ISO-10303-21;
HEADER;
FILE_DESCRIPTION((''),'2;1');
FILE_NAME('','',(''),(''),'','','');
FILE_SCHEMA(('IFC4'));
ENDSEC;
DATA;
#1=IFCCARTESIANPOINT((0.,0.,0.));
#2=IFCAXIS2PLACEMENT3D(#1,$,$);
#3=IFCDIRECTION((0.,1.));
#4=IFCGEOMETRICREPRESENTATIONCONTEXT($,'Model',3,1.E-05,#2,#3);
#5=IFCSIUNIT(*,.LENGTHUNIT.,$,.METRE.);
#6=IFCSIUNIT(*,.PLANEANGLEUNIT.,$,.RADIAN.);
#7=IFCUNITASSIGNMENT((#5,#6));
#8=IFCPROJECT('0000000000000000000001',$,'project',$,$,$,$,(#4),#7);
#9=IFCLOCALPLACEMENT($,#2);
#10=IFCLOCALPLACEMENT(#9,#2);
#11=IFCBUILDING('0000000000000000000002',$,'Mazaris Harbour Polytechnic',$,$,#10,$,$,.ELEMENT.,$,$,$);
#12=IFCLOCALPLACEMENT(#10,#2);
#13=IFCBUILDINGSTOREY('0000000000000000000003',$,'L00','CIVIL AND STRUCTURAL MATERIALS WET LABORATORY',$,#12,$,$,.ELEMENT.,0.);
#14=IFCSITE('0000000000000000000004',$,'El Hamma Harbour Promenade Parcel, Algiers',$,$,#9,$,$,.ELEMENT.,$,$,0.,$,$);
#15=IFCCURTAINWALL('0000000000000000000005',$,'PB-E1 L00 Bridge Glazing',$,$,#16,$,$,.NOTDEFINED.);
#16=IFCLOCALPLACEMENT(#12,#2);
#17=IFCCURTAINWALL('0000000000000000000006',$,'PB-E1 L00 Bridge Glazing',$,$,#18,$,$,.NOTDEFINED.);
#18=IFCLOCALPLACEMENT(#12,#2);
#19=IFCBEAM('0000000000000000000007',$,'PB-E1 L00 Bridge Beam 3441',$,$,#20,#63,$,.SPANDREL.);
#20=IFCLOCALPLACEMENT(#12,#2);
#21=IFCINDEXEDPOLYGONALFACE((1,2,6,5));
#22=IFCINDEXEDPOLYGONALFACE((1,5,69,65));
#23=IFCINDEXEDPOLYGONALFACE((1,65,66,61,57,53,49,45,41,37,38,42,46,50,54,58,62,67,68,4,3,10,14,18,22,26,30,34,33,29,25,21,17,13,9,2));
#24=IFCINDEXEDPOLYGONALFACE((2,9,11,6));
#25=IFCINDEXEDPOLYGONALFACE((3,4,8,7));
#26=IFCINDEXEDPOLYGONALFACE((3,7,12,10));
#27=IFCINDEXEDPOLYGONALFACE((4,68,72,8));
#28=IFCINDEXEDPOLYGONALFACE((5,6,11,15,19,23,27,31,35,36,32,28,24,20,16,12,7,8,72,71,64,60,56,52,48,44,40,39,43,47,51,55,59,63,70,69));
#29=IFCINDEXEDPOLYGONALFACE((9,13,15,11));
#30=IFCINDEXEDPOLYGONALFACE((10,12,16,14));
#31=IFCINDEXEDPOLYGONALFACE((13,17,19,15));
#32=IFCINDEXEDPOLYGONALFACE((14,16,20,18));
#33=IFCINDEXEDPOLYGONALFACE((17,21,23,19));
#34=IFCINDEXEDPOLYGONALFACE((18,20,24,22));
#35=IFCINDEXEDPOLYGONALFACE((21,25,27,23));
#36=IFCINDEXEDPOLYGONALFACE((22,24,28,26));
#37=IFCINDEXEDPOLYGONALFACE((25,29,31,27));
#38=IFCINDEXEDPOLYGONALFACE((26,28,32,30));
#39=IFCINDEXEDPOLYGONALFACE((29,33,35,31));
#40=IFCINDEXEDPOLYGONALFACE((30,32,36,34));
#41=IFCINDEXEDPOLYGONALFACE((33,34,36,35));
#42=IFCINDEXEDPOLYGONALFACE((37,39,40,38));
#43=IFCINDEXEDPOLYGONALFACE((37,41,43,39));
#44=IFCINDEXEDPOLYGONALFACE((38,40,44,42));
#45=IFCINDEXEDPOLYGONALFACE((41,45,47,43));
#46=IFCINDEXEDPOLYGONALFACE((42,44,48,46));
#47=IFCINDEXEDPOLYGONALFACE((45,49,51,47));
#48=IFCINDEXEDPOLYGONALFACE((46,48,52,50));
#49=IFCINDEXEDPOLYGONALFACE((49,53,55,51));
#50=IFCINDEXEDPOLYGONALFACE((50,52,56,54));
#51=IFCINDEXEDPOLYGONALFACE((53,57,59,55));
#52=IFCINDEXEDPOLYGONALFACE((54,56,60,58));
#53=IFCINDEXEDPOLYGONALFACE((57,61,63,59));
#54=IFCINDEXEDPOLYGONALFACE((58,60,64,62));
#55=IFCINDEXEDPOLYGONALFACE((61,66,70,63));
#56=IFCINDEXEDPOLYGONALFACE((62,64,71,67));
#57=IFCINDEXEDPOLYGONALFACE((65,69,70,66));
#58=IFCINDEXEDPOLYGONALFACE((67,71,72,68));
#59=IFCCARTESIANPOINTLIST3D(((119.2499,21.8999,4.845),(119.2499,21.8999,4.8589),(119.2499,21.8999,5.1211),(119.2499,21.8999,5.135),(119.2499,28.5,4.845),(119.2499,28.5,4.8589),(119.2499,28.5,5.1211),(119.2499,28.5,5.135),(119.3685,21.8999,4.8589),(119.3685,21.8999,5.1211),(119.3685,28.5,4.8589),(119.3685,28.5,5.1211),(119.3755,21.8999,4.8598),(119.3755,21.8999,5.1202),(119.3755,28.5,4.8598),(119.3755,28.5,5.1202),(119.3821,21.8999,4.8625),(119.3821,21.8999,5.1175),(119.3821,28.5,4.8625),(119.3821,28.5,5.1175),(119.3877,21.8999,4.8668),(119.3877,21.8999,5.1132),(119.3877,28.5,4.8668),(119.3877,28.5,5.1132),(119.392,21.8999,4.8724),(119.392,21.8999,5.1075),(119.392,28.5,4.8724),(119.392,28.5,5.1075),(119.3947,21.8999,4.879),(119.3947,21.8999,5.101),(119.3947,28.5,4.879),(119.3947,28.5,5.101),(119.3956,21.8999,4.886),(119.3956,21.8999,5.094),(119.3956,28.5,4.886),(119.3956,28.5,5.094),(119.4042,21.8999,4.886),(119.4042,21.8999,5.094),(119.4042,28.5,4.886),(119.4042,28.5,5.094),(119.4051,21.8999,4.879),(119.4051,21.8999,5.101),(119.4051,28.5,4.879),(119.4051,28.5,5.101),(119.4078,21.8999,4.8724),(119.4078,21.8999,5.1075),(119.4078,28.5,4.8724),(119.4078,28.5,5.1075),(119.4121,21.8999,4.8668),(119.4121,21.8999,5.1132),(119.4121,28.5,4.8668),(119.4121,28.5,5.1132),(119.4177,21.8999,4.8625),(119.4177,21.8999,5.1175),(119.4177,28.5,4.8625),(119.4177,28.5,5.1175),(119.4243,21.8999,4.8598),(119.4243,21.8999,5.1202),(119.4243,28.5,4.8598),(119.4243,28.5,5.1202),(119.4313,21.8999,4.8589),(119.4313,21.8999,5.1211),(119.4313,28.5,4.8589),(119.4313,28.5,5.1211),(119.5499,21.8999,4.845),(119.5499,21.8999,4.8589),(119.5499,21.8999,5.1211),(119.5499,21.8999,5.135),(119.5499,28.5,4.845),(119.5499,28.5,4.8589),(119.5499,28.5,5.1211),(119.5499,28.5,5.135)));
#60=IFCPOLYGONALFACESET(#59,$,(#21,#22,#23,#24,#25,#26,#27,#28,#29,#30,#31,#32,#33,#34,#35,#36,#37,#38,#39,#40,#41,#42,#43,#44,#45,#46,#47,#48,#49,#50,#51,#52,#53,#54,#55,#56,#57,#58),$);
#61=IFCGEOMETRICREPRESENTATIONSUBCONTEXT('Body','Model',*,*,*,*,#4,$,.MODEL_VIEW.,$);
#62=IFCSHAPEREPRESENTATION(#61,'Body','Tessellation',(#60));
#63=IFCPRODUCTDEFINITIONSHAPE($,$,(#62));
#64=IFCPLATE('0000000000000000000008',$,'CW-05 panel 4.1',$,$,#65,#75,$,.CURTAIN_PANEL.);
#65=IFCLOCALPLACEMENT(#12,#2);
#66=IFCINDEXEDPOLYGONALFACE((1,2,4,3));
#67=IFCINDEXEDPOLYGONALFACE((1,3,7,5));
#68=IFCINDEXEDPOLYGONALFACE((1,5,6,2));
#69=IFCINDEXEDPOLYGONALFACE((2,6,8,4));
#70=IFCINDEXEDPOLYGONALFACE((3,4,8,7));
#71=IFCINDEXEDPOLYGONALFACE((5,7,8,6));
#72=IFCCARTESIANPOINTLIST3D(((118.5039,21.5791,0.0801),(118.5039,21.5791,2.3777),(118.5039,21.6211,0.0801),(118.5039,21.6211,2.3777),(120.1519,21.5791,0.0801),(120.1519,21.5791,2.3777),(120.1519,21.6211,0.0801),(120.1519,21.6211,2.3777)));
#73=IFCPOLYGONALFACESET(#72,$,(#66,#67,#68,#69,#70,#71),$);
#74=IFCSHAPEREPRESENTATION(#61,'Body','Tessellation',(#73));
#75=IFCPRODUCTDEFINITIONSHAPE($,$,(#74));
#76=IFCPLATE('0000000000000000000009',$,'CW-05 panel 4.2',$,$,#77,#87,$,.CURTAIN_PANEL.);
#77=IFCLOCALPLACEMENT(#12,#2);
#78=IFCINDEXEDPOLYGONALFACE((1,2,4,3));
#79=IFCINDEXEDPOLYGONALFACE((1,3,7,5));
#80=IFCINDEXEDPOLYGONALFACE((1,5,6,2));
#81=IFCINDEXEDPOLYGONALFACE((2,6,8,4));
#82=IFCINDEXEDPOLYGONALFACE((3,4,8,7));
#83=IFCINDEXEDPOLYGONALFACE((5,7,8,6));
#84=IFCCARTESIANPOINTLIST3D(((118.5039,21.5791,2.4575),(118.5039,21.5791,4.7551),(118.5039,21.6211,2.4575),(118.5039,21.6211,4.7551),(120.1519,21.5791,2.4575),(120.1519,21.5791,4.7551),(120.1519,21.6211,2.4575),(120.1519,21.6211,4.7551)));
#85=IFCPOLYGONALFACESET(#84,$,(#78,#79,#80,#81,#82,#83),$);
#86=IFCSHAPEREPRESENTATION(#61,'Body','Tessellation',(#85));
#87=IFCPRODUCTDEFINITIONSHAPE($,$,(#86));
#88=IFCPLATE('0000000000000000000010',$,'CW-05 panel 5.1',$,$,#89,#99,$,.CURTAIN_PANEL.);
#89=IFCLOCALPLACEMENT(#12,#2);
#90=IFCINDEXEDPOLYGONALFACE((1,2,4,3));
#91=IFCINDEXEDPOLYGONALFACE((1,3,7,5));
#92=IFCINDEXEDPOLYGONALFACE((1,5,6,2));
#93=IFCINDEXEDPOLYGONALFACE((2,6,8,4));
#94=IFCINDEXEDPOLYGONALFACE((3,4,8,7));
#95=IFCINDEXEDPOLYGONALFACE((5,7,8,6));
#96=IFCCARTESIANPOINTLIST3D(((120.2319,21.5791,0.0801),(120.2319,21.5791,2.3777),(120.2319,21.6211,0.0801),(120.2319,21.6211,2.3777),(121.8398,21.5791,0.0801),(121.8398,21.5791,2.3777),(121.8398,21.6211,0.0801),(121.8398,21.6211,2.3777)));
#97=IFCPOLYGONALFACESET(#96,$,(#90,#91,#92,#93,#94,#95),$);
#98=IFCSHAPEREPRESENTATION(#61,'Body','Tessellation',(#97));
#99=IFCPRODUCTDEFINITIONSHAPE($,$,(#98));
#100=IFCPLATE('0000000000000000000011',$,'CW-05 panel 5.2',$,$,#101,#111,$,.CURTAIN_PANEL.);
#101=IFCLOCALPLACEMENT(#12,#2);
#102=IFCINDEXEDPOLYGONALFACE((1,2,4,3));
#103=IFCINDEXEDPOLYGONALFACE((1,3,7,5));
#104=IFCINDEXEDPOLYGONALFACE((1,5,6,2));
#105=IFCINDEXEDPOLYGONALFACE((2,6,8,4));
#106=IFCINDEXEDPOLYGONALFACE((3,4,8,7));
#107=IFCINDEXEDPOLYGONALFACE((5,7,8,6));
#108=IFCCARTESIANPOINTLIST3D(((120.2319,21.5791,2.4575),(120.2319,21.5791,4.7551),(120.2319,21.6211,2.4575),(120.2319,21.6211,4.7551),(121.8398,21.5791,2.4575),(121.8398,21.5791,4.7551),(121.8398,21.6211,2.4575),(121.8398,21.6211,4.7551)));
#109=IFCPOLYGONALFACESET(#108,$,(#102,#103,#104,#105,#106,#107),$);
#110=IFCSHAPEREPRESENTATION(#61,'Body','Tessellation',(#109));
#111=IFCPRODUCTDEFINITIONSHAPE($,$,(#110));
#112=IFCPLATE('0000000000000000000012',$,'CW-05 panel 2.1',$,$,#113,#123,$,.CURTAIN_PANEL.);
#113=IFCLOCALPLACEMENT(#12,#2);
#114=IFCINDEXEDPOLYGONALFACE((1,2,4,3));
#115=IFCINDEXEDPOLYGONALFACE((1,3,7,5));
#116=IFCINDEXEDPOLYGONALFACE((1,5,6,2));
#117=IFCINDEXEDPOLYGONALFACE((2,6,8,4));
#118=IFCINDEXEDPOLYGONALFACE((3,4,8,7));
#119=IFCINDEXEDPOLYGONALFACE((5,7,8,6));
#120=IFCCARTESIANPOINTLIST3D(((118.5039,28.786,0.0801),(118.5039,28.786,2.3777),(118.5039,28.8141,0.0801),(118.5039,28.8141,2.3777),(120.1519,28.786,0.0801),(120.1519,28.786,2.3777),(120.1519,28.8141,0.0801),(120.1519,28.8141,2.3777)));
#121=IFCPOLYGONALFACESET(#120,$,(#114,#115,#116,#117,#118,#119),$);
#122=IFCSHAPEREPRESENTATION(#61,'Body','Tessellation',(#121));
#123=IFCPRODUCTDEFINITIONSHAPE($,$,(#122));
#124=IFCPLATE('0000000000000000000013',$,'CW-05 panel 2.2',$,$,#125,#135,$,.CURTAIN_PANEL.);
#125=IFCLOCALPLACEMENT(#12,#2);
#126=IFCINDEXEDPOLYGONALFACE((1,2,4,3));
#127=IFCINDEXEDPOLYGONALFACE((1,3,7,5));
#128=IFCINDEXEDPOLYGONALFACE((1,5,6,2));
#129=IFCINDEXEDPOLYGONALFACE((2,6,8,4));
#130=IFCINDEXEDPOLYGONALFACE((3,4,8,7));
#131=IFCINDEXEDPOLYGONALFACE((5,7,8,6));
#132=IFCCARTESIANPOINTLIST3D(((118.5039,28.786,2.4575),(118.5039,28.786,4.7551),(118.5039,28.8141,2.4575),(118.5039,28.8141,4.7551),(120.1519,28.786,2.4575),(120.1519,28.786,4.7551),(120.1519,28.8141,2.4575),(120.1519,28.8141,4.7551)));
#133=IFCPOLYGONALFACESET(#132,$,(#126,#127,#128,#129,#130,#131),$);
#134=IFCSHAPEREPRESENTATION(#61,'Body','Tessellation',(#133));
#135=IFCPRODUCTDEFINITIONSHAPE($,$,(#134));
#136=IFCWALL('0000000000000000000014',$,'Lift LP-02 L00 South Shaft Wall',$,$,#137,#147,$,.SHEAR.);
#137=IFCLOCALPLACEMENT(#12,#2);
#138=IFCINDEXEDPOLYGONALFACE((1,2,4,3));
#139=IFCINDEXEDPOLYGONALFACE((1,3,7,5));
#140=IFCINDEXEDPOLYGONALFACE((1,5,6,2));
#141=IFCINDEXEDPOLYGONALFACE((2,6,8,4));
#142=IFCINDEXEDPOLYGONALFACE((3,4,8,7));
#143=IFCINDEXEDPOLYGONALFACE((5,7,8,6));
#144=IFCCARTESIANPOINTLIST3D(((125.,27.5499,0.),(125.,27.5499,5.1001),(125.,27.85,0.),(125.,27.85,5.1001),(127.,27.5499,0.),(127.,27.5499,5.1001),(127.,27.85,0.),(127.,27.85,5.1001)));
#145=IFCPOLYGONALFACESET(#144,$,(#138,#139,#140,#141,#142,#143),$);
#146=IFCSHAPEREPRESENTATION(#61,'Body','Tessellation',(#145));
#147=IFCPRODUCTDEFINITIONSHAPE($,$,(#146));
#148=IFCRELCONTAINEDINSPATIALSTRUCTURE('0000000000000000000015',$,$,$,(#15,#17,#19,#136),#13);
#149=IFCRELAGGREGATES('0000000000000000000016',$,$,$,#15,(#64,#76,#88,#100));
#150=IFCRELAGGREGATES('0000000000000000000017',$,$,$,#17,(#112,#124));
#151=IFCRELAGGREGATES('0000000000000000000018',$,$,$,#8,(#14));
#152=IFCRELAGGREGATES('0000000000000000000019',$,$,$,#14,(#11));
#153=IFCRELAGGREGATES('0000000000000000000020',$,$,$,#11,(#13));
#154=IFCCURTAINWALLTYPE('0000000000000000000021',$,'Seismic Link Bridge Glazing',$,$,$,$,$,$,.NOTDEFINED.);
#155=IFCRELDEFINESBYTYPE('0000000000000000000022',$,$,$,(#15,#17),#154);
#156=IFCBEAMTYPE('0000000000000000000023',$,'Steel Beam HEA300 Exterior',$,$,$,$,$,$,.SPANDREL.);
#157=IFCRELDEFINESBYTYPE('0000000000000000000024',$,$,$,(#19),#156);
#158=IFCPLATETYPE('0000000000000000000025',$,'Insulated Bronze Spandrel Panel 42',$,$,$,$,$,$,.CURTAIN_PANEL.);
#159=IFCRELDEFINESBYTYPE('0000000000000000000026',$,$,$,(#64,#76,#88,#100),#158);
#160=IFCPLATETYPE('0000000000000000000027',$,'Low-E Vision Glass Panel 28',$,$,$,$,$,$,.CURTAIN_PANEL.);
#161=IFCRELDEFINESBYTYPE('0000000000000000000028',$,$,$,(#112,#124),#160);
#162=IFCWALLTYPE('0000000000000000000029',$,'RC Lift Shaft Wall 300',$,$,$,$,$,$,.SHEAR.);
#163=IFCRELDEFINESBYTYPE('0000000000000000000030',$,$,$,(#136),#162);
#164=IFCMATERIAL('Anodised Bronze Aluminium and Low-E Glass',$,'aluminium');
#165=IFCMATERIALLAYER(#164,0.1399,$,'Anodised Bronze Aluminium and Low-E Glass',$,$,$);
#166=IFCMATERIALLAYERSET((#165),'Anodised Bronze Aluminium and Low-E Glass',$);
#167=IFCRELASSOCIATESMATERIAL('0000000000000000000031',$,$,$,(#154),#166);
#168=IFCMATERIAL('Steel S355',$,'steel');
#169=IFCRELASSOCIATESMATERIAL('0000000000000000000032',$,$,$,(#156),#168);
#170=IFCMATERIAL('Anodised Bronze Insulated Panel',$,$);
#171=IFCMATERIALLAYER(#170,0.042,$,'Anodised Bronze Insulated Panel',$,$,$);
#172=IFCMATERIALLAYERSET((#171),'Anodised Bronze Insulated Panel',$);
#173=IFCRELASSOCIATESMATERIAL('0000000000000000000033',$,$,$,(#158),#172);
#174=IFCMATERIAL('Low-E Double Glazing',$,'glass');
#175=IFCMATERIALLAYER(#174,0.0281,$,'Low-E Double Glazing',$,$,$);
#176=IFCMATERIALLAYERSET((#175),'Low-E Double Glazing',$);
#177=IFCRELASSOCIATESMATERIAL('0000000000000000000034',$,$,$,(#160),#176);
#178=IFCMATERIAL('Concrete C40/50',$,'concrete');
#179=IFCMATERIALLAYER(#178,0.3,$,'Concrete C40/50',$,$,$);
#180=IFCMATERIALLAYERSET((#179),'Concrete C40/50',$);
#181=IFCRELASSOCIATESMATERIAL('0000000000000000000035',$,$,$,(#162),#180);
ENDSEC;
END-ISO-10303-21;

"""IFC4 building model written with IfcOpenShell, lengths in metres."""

from ifc_helpers import new_model, si_unit, direction, frame, frame_2d, origin, origin_2d, place, context, subcontext, project, spatial, rectangle, i_section, extrude, material, layer, layer_set, material_profile, profile_set, type_object, element, aggregate, save


model = new_model("IFC4")

# Units and contexts
model_context = context("Model", 3, precision=1e-05, world=origin(), true_north=direction((0.0, 1.0)))
body_context = subcontext(model_context, "Body", "Model", "MODEL_VIEW")
ifc_project = project(units=[si_unit("LENGTHUNIT", "METRE"), si_unit("PLANEANGLEUNIT", "RADIAN")], contexts=[model_context])

# Site, building, storey
site_placement = place(None, origin())
site = spatial("IfcSite", under=ifc_project, at=site_placement, Name="El Hamma Harbour Promenade Parcel, Algiers", CompositionType="ELEMENT", RefElevation=0.0)
building_placement = place(site_placement, origin())
building = spatial("IfcBuilding", under=site, at=building_placement, Name="Mazaris Harbour Polytechnic", CompositionType="ELEMENT")
storey_placement = place(building_placement, origin())
storey = spatial("IfcBuildingStorey", under=building, at=storey_placement, Name="L00", Description="CIVIL AND STRUCTURAL MATERIALS WET LABORATORY", CompositionType="ELEMENT", Elevation=0.0)

# Curtain wall
ifc_material_1 = material(Name="Anodised Bronze Aluminium and Low-E Glass", Category="aluminium")
ifc_layer_1 = layer(ifc_material_1, 0.1399, Name="Anodised Bronze Aluminium and Low-E Glass")
ifc_layer_set_1 = layer_set([ifc_layer_1], Name="Anodised Bronze Aluminium and Low-E Glass")
curtain_wall_type = type_object("IfcCurtainWallType", Name="Seismic Link Bridge Glazing", PredefinedType="NOTDEFINED", material=ifc_layer_set_1)
curtain_wall_1_placement = place(storey_placement, origin())
curtain_wall_1 = element("IfcCurtainWall", 1, at=curtain_wall_1_placement, inside=storey, type_object=curtain_wall_type, Name="PB-E1 L00 Bridge Glazing", PredefinedType="NOTDEFINED")

# Curtain wall
curtain_wall_2_placement = place(storey_placement, origin())
curtain_wall_2 = element("IfcCurtainWall", 2, at=curtain_wall_2_placement, inside=storey, type_object=curtain_wall_type, Name="PB-E1 L00 Bridge Glazing", PredefinedType="NOTDEFINED")

# Beam
ifc_material_2 = material(Name="Steel S355", Category="steel")
ifc_material_profile_1 = material_profile(ifc_material_2, i_section(OverallWidth=0.3, OverallDepth=0.29, WebThickness=0.0085, FlangeThickness=0.0139, FilletRadius=0.0271, at=origin_2d()), Name="HEA 300")
ifc_profile_set_1 = profile_set([ifc_material_profile_1], Name="Steel S355")
beam_type_1 = type_object("IfcBeamType", Name="Steel Beam HEA300 Exterior", PredefinedType="SPANDREL", material=ifc_profile_set_1)
beam_1_placement = place(storey_placement, frame((119.3999, 21.8999, 4.99), z_axis=(0.0, 1.0, 0.0), x_axis=(-1.0, 0.0, 0.0)))
element("IfcBeam", 3, at=beam_1_placement, inside=storey, type_object=beam_type_1, Name="PB-E1 L00 Bridge Beam 3441", PredefinedType="SPANDREL", context=body_context, shape_type="SweptSolid", body=[
    extrude(i_section(OverallWidth=0.3, OverallDepth=0.29, WebThickness=0.0085, FlangeThickness=0.0139, FilletRadius=0.0271, at=origin_2d()), origin(), (0.0, 0.0, 1.0), 6.6001),
])

# Plates
ifc_material_3 = material(Name="Anodised Bronze Insulated Panel")
ifc_layer_2 = layer(ifc_material_3, 0.042, Name="Anodised Bronze Insulated Panel")
ifc_layer_set_2 = layer_set([ifc_layer_2], Name="Anodised Bronze Insulated Panel")
plate_type_1 = type_object("IfcPlateType", Name="Insulated Bronze Spandrel Panel 42", PredefinedType="CURTAIN_PANEL", material=ifc_layer_set_2)
plate_1_placement = place(storey_placement, frame((119.3279, 21.6001, 0.0801), z_axis=(0.0, 0.0, 1.0), x_axis=(1.0, 0.0, 0.0)))
plate_1 = element("IfcPlate", 4, at=plate_1_placement, type_object=plate_type_1, Name="CW-05 panel 4.1", PredefinedType="CURTAIN_PANEL", context=body_context, shape_type="SweptSolid", body=[
    extrude(rectangle(XDim=1.6479, YDim=0.042, at=origin_2d()), origin(), (0.0, 0.0, 1.0), 2.2976),
])
plate_2_placement = place(storey_placement, frame((119.3279, 21.6001, 2.4575), z_axis=(0.0, 0.0, 1.0), x_axis=(1.0, 0.0, 0.0)))
plate_2 = element("IfcPlate", 5, at=plate_2_placement, type_object=plate_type_1, Name="CW-05 panel 4.2", PredefinedType="CURTAIN_PANEL", context=body_context, shape_type="SweptSolid", body=[
    extrude(rectangle(XDim=1.6479, YDim=0.042, at=origin_2d()), origin(), (0.0, 0.0, 1.0), 2.2976),
])
plate_3_placement = place(storey_placement, frame((121.0359, 21.6001, 0.0801), z_axis=(0.0, 0.0, 1.0), x_axis=(1.0, 0.0, 0.0)))
plate_3 = element("IfcPlate", 6, at=plate_3_placement, type_object=plate_type_1, Name="CW-05 panel 5.1", PredefinedType="CURTAIN_PANEL", context=body_context, shape_type="SweptSolid", body=[
    extrude(rectangle(XDim=1.6079, YDim=0.042, at=origin_2d()), origin(), (0.0, 0.0, 1.0), 2.2976),
])
plate_4_placement = place(storey_placement, frame((121.0359, 21.6001, 2.4575), z_axis=(0.0, 0.0, 1.0), x_axis=(1.0, 0.0, 0.0)))
plate_4 = element("IfcPlate", 7, at=plate_4_placement, type_object=plate_type_1, Name="CW-05 panel 5.2", PredefinedType="CURTAIN_PANEL", context=body_context, shape_type="SweptSolid", body=[
    extrude(rectangle(XDim=1.6079, YDim=0.042, at=origin_2d()), origin(), (0.0, 0.0, 1.0), 2.2976),
])
aggregate(curtain_wall_1, [plate_1, plate_2, plate_3, plate_4])
ifc_material_4 = material(Name="Low-E Double Glazing", Category="glass")
ifc_layer_3 = layer(ifc_material_4, 0.0281, Name="Low-E Double Glazing")
ifc_layer_set_3 = layer_set([ifc_layer_3], Name="Low-E Double Glazing")
plate_type_2 = type_object("IfcPlateType", Name="Low-E Vision Glass Panel 28", PredefinedType="CURTAIN_PANEL", material=ifc_layer_set_3)
plate_5_placement = place(storey_placement, frame((119.3279, 28.8, 0.0801), z_axis=(0.0, 0.0, 1.0), x_axis=(-1.0, 0.0, 0.0)))
plate_5 = element("IfcPlate", 8, at=plate_5_placement, type_object=plate_type_2, Name="CW-05 panel 2.1", PredefinedType="CURTAIN_PANEL", context=body_context, shape_type="SweptSolid", body=[
    extrude(rectangle(XDim=1.6479, YDim=0.0281, at=origin_2d()), origin(), (0.0, 0.0, 1.0), 2.2976),
])
plate_6_placement = place(storey_placement, frame((119.3279, 28.8, 2.4575), z_axis=(0.0, 0.0, 1.0), x_axis=(-1.0, 0.0, 0.0)))
plate_6 = element("IfcPlate", 9, at=plate_6_placement, type_object=plate_type_2, Name="CW-05 panel 2.2", PredefinedType="CURTAIN_PANEL", context=body_context, shape_type="SweptSolid", body=[
    extrude(rectangle(XDim=1.6479, YDim=0.0281, at=origin_2d()), origin(), (0.0, 0.0, 1.0), 2.2976),
])
aggregate(curtain_wall_2, [plate_5, plate_6])

# Wall
ifc_material_5 = material(Name="Concrete C40/50", Category="concrete")
ifc_layer_4 = layer(ifc_material_5, 0.3, Name="Concrete C40/50")
ifc_layer_set_4 = layer_set([ifc_layer_4], Name="Concrete C40/50")
wall_type = type_object("IfcWallType", Name="RC Lift Shaft Wall 300", PredefinedType="SHEAR", material=ifc_layer_set_4)
wall_placement = place(storey_placement, frame((125.0, 27.7, 0.0), z_axis=(0.0, 0.0, 1.0), x_axis=(1.0, 0.0, 0.0)))
element("IfcWall", 10, at=wall_placement, inside=storey, type_object=wall_type, Name="Lift LP-02 L00 South Shaft Wall", PredefinedType="SHEAR", context=body_context, shape_type="SweptSolid", body=[
    extrude(rectangle(XDim=2.0, YDim=0.3, at=frame_2d((1.0, 0.0))), origin(), (0.0, 0.0, 1.0), 5.1001),
])

save(model, "model.ifc")
